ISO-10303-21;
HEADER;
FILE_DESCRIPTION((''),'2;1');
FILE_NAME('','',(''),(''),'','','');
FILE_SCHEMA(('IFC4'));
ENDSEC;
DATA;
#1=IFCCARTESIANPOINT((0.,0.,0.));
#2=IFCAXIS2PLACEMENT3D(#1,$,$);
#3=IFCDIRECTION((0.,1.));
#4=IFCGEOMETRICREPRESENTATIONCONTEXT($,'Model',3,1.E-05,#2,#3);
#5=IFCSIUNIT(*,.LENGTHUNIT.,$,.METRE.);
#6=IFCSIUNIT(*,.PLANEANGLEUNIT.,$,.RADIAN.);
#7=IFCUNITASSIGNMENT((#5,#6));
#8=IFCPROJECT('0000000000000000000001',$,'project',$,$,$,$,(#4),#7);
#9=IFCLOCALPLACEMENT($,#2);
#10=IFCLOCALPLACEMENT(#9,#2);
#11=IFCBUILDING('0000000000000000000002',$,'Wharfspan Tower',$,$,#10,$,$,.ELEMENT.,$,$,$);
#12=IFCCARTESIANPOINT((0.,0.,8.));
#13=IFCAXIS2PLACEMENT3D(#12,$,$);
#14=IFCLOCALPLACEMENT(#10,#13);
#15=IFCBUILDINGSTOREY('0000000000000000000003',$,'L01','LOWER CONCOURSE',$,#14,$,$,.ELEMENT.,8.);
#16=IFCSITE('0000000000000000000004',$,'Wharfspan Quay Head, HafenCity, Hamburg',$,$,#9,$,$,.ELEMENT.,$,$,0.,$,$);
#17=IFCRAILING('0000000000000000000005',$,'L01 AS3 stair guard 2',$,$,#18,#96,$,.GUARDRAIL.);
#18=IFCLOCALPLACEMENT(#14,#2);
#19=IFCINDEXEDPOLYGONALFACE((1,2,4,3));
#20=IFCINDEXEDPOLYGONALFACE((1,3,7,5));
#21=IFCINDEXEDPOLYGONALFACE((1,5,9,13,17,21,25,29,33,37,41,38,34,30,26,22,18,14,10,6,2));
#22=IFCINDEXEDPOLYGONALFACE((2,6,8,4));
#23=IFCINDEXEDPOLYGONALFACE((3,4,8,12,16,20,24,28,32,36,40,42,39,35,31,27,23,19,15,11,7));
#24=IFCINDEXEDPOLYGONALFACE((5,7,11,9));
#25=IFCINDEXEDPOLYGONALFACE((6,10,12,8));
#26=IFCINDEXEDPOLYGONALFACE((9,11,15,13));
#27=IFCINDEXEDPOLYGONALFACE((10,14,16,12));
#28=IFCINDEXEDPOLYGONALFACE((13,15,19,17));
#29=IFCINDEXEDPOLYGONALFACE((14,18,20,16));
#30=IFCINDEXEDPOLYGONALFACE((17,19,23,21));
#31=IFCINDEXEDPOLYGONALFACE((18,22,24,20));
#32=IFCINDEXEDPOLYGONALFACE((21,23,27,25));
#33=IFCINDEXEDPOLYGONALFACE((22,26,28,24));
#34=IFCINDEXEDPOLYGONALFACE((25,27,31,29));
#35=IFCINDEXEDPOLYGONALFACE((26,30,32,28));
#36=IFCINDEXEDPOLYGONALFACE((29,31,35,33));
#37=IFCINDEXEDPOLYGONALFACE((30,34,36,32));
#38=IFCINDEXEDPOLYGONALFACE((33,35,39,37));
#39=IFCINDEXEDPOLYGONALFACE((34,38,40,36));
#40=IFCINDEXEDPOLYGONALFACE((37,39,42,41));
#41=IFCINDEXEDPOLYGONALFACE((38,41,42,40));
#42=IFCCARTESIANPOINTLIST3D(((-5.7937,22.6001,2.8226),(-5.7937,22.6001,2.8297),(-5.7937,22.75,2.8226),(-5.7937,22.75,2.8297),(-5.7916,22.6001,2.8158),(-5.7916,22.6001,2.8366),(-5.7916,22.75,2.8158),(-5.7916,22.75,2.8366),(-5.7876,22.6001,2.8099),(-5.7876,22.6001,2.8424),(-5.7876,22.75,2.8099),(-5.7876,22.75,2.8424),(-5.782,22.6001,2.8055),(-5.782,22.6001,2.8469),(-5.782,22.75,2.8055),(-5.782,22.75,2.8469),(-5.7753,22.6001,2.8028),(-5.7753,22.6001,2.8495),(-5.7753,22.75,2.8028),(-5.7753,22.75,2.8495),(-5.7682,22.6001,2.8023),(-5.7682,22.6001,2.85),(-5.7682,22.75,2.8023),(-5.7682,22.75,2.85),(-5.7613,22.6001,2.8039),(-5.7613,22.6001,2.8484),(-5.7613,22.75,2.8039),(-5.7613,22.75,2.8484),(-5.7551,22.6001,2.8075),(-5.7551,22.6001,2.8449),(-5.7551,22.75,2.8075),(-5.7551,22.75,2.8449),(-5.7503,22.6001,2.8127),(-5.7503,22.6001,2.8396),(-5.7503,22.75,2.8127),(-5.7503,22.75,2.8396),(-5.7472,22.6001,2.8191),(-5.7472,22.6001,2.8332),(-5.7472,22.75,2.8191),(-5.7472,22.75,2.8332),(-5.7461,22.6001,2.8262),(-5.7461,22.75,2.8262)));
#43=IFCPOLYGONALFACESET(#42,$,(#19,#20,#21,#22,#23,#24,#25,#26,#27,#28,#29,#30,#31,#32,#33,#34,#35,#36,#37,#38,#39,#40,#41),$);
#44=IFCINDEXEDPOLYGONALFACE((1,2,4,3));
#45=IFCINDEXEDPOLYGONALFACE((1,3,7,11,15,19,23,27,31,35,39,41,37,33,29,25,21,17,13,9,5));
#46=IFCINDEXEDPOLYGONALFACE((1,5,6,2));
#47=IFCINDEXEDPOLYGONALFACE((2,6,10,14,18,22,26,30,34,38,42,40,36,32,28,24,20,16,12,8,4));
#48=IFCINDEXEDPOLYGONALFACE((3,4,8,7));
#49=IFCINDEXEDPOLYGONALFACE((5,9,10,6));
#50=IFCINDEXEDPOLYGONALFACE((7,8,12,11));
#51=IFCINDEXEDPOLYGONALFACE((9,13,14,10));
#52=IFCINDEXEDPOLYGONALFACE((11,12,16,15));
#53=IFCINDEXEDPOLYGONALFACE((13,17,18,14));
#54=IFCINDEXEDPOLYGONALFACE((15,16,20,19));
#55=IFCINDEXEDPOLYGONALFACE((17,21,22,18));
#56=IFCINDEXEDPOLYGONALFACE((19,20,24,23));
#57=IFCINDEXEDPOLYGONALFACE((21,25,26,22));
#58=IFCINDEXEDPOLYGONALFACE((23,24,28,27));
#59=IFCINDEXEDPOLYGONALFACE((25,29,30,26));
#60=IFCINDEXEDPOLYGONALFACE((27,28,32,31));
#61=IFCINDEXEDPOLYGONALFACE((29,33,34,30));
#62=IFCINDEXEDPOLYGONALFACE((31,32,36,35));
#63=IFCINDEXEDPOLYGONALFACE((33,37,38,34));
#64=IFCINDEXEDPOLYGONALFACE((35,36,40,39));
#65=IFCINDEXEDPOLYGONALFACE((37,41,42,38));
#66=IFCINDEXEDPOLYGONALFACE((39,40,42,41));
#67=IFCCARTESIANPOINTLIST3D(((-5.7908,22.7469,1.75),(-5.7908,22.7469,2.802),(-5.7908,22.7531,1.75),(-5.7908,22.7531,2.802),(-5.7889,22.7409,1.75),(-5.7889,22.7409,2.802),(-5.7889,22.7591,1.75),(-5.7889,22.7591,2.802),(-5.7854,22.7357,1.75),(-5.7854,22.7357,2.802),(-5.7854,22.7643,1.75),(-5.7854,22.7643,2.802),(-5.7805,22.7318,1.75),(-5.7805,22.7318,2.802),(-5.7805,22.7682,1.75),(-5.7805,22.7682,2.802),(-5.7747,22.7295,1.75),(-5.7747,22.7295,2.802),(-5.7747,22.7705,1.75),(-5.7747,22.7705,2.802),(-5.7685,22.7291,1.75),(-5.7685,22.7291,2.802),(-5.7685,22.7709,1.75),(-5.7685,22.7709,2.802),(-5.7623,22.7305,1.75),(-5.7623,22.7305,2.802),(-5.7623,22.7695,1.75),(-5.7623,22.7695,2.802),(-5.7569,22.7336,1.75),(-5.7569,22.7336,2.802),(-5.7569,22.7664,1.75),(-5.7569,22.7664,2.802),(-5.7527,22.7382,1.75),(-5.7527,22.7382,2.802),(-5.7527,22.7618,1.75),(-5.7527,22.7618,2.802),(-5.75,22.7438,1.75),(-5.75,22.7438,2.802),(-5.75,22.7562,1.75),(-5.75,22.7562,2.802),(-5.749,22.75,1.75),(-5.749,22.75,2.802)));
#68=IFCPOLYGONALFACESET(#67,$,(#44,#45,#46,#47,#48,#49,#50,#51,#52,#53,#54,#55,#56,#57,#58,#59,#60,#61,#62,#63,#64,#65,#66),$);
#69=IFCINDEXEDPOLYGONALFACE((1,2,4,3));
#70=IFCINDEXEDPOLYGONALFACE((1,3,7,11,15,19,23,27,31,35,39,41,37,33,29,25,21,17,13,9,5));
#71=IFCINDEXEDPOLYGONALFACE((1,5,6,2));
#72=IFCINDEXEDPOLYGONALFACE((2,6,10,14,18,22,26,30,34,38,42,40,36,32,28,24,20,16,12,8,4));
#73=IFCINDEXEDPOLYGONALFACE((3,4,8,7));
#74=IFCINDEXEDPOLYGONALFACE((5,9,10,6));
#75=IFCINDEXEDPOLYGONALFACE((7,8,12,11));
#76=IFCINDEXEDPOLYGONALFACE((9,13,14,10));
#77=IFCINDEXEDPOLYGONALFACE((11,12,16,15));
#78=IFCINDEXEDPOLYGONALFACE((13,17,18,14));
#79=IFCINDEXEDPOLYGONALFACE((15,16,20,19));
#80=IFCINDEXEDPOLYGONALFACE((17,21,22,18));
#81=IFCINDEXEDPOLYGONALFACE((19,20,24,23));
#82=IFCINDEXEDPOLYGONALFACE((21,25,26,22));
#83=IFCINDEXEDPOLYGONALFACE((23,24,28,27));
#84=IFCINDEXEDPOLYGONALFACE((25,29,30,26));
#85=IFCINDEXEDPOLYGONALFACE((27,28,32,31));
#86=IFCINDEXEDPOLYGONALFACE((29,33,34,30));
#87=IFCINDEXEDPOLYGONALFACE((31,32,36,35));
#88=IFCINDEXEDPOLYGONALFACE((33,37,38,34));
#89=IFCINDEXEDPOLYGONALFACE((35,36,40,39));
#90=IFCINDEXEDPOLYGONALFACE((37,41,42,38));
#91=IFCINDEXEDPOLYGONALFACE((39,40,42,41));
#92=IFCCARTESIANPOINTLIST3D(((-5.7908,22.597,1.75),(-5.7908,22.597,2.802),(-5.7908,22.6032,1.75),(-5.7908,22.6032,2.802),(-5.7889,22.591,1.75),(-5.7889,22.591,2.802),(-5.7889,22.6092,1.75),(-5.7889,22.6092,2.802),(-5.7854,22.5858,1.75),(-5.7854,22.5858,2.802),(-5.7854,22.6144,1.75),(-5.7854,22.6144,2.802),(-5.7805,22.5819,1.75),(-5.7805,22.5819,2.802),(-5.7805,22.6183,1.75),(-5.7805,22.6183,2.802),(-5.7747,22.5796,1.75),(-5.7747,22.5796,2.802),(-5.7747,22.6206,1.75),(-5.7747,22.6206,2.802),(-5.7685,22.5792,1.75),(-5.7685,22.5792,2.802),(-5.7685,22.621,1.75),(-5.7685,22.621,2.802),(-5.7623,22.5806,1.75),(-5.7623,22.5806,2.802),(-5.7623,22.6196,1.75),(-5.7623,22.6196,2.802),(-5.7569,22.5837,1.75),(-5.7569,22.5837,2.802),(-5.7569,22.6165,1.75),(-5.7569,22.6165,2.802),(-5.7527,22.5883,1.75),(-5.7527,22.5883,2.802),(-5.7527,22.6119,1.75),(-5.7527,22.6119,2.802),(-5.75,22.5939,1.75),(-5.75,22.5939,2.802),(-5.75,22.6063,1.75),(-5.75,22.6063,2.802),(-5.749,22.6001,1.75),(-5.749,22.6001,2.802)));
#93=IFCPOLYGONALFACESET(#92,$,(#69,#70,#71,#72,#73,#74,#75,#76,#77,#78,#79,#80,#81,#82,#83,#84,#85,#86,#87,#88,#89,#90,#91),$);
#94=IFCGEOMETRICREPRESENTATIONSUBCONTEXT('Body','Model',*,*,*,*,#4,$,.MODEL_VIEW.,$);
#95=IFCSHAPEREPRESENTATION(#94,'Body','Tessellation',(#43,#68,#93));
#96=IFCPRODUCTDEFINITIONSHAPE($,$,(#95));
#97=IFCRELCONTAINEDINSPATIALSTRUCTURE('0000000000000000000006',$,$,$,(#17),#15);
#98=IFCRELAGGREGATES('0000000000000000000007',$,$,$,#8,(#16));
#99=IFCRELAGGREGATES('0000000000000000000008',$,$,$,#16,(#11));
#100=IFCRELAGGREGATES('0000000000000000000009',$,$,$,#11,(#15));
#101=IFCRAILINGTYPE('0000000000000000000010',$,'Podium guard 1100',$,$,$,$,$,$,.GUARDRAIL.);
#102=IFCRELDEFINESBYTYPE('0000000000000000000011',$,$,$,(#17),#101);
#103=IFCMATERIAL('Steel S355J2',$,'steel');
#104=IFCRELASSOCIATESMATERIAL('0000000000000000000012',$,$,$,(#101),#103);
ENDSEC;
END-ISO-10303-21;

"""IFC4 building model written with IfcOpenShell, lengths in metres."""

from ifc_helpers import new_model, si_unit, direction, frame, origin, origin_2d, place, context, subcontext, project, spatial, circle, extrude, material, type_object, element, save


model = new_model("IFC4")

# Units and contexts
model_context = context("Model", 3, precision=1e-05, world=origin(), true_north=direction((0.0, 1.0)))
body_context = subcontext(model_context, "Body", "Model", "MODEL_VIEW")
ifc_project = project(units=[si_unit("LENGTHUNIT", "METRE"), si_unit("PLANEANGLEUNIT", "RADIAN")], contexts=[model_context])

# Site, building, storey
site_placement = place(None, origin())
site = spatial("IfcSite", under=ifc_project, at=site_placement, Name="Wharfspan Quay Head, HafenCity, Hamburg", CompositionType="ELEMENT", RefElevation=0.0)
building_placement = place(site_placement, origin())
building = spatial("IfcBuilding", under=site, at=building_placement, Name="Wharfspan Tower", CompositionType="ELEMENT")
storey_placement = place(building_placement, frame((0.0, 0.0, 8.0)))
storey = spatial("IfcBuildingStorey", under=building, at=storey_placement, Name="L01", Description="LOWER CONCOURSE", CompositionType="ELEMENT", Elevation=8.0)

# Railing
ifc_material_1 = material(Name="Steel S355J2", Category="steel")
railing_type_1 = type_object("IfcRailingType", Name="Podium guard 1100", PredefinedType="GUARDRAIL", material=ifc_material_1)
railing_1_placement = place(storey_placement, frame((-5.77, 22.75, 1.75)))
element("IfcRailing", 1, at=railing_1_placement, inside=storey, type_object=railing_type_1, Name="L01 AS3 stair guard 2", PredefinedType="GUARDRAIL", context=body_context, shape_type="SweptSolid", body=[
    extrude(circle(Radius=0.0239, at=origin_2d()), frame((0.0, 0.0, 1.0762), z_axis=(0.0, -1.0, 0.0), x_axis=(1.0, 0.0, 0.0)), (0.0, 0.0, 1.0), 0.1499),
    extrude(circle(Radius=0.021, at=origin_2d()), origin(), (0.0, 0.0, 1.0), 1.052),
    extrude(circle(Radius=0.021, at=origin_2d()), frame((0.0, -0.1499, 0.0)), (0.0, 0.0, 1.0), 1.052),
])

save(model, "model.ifc")
